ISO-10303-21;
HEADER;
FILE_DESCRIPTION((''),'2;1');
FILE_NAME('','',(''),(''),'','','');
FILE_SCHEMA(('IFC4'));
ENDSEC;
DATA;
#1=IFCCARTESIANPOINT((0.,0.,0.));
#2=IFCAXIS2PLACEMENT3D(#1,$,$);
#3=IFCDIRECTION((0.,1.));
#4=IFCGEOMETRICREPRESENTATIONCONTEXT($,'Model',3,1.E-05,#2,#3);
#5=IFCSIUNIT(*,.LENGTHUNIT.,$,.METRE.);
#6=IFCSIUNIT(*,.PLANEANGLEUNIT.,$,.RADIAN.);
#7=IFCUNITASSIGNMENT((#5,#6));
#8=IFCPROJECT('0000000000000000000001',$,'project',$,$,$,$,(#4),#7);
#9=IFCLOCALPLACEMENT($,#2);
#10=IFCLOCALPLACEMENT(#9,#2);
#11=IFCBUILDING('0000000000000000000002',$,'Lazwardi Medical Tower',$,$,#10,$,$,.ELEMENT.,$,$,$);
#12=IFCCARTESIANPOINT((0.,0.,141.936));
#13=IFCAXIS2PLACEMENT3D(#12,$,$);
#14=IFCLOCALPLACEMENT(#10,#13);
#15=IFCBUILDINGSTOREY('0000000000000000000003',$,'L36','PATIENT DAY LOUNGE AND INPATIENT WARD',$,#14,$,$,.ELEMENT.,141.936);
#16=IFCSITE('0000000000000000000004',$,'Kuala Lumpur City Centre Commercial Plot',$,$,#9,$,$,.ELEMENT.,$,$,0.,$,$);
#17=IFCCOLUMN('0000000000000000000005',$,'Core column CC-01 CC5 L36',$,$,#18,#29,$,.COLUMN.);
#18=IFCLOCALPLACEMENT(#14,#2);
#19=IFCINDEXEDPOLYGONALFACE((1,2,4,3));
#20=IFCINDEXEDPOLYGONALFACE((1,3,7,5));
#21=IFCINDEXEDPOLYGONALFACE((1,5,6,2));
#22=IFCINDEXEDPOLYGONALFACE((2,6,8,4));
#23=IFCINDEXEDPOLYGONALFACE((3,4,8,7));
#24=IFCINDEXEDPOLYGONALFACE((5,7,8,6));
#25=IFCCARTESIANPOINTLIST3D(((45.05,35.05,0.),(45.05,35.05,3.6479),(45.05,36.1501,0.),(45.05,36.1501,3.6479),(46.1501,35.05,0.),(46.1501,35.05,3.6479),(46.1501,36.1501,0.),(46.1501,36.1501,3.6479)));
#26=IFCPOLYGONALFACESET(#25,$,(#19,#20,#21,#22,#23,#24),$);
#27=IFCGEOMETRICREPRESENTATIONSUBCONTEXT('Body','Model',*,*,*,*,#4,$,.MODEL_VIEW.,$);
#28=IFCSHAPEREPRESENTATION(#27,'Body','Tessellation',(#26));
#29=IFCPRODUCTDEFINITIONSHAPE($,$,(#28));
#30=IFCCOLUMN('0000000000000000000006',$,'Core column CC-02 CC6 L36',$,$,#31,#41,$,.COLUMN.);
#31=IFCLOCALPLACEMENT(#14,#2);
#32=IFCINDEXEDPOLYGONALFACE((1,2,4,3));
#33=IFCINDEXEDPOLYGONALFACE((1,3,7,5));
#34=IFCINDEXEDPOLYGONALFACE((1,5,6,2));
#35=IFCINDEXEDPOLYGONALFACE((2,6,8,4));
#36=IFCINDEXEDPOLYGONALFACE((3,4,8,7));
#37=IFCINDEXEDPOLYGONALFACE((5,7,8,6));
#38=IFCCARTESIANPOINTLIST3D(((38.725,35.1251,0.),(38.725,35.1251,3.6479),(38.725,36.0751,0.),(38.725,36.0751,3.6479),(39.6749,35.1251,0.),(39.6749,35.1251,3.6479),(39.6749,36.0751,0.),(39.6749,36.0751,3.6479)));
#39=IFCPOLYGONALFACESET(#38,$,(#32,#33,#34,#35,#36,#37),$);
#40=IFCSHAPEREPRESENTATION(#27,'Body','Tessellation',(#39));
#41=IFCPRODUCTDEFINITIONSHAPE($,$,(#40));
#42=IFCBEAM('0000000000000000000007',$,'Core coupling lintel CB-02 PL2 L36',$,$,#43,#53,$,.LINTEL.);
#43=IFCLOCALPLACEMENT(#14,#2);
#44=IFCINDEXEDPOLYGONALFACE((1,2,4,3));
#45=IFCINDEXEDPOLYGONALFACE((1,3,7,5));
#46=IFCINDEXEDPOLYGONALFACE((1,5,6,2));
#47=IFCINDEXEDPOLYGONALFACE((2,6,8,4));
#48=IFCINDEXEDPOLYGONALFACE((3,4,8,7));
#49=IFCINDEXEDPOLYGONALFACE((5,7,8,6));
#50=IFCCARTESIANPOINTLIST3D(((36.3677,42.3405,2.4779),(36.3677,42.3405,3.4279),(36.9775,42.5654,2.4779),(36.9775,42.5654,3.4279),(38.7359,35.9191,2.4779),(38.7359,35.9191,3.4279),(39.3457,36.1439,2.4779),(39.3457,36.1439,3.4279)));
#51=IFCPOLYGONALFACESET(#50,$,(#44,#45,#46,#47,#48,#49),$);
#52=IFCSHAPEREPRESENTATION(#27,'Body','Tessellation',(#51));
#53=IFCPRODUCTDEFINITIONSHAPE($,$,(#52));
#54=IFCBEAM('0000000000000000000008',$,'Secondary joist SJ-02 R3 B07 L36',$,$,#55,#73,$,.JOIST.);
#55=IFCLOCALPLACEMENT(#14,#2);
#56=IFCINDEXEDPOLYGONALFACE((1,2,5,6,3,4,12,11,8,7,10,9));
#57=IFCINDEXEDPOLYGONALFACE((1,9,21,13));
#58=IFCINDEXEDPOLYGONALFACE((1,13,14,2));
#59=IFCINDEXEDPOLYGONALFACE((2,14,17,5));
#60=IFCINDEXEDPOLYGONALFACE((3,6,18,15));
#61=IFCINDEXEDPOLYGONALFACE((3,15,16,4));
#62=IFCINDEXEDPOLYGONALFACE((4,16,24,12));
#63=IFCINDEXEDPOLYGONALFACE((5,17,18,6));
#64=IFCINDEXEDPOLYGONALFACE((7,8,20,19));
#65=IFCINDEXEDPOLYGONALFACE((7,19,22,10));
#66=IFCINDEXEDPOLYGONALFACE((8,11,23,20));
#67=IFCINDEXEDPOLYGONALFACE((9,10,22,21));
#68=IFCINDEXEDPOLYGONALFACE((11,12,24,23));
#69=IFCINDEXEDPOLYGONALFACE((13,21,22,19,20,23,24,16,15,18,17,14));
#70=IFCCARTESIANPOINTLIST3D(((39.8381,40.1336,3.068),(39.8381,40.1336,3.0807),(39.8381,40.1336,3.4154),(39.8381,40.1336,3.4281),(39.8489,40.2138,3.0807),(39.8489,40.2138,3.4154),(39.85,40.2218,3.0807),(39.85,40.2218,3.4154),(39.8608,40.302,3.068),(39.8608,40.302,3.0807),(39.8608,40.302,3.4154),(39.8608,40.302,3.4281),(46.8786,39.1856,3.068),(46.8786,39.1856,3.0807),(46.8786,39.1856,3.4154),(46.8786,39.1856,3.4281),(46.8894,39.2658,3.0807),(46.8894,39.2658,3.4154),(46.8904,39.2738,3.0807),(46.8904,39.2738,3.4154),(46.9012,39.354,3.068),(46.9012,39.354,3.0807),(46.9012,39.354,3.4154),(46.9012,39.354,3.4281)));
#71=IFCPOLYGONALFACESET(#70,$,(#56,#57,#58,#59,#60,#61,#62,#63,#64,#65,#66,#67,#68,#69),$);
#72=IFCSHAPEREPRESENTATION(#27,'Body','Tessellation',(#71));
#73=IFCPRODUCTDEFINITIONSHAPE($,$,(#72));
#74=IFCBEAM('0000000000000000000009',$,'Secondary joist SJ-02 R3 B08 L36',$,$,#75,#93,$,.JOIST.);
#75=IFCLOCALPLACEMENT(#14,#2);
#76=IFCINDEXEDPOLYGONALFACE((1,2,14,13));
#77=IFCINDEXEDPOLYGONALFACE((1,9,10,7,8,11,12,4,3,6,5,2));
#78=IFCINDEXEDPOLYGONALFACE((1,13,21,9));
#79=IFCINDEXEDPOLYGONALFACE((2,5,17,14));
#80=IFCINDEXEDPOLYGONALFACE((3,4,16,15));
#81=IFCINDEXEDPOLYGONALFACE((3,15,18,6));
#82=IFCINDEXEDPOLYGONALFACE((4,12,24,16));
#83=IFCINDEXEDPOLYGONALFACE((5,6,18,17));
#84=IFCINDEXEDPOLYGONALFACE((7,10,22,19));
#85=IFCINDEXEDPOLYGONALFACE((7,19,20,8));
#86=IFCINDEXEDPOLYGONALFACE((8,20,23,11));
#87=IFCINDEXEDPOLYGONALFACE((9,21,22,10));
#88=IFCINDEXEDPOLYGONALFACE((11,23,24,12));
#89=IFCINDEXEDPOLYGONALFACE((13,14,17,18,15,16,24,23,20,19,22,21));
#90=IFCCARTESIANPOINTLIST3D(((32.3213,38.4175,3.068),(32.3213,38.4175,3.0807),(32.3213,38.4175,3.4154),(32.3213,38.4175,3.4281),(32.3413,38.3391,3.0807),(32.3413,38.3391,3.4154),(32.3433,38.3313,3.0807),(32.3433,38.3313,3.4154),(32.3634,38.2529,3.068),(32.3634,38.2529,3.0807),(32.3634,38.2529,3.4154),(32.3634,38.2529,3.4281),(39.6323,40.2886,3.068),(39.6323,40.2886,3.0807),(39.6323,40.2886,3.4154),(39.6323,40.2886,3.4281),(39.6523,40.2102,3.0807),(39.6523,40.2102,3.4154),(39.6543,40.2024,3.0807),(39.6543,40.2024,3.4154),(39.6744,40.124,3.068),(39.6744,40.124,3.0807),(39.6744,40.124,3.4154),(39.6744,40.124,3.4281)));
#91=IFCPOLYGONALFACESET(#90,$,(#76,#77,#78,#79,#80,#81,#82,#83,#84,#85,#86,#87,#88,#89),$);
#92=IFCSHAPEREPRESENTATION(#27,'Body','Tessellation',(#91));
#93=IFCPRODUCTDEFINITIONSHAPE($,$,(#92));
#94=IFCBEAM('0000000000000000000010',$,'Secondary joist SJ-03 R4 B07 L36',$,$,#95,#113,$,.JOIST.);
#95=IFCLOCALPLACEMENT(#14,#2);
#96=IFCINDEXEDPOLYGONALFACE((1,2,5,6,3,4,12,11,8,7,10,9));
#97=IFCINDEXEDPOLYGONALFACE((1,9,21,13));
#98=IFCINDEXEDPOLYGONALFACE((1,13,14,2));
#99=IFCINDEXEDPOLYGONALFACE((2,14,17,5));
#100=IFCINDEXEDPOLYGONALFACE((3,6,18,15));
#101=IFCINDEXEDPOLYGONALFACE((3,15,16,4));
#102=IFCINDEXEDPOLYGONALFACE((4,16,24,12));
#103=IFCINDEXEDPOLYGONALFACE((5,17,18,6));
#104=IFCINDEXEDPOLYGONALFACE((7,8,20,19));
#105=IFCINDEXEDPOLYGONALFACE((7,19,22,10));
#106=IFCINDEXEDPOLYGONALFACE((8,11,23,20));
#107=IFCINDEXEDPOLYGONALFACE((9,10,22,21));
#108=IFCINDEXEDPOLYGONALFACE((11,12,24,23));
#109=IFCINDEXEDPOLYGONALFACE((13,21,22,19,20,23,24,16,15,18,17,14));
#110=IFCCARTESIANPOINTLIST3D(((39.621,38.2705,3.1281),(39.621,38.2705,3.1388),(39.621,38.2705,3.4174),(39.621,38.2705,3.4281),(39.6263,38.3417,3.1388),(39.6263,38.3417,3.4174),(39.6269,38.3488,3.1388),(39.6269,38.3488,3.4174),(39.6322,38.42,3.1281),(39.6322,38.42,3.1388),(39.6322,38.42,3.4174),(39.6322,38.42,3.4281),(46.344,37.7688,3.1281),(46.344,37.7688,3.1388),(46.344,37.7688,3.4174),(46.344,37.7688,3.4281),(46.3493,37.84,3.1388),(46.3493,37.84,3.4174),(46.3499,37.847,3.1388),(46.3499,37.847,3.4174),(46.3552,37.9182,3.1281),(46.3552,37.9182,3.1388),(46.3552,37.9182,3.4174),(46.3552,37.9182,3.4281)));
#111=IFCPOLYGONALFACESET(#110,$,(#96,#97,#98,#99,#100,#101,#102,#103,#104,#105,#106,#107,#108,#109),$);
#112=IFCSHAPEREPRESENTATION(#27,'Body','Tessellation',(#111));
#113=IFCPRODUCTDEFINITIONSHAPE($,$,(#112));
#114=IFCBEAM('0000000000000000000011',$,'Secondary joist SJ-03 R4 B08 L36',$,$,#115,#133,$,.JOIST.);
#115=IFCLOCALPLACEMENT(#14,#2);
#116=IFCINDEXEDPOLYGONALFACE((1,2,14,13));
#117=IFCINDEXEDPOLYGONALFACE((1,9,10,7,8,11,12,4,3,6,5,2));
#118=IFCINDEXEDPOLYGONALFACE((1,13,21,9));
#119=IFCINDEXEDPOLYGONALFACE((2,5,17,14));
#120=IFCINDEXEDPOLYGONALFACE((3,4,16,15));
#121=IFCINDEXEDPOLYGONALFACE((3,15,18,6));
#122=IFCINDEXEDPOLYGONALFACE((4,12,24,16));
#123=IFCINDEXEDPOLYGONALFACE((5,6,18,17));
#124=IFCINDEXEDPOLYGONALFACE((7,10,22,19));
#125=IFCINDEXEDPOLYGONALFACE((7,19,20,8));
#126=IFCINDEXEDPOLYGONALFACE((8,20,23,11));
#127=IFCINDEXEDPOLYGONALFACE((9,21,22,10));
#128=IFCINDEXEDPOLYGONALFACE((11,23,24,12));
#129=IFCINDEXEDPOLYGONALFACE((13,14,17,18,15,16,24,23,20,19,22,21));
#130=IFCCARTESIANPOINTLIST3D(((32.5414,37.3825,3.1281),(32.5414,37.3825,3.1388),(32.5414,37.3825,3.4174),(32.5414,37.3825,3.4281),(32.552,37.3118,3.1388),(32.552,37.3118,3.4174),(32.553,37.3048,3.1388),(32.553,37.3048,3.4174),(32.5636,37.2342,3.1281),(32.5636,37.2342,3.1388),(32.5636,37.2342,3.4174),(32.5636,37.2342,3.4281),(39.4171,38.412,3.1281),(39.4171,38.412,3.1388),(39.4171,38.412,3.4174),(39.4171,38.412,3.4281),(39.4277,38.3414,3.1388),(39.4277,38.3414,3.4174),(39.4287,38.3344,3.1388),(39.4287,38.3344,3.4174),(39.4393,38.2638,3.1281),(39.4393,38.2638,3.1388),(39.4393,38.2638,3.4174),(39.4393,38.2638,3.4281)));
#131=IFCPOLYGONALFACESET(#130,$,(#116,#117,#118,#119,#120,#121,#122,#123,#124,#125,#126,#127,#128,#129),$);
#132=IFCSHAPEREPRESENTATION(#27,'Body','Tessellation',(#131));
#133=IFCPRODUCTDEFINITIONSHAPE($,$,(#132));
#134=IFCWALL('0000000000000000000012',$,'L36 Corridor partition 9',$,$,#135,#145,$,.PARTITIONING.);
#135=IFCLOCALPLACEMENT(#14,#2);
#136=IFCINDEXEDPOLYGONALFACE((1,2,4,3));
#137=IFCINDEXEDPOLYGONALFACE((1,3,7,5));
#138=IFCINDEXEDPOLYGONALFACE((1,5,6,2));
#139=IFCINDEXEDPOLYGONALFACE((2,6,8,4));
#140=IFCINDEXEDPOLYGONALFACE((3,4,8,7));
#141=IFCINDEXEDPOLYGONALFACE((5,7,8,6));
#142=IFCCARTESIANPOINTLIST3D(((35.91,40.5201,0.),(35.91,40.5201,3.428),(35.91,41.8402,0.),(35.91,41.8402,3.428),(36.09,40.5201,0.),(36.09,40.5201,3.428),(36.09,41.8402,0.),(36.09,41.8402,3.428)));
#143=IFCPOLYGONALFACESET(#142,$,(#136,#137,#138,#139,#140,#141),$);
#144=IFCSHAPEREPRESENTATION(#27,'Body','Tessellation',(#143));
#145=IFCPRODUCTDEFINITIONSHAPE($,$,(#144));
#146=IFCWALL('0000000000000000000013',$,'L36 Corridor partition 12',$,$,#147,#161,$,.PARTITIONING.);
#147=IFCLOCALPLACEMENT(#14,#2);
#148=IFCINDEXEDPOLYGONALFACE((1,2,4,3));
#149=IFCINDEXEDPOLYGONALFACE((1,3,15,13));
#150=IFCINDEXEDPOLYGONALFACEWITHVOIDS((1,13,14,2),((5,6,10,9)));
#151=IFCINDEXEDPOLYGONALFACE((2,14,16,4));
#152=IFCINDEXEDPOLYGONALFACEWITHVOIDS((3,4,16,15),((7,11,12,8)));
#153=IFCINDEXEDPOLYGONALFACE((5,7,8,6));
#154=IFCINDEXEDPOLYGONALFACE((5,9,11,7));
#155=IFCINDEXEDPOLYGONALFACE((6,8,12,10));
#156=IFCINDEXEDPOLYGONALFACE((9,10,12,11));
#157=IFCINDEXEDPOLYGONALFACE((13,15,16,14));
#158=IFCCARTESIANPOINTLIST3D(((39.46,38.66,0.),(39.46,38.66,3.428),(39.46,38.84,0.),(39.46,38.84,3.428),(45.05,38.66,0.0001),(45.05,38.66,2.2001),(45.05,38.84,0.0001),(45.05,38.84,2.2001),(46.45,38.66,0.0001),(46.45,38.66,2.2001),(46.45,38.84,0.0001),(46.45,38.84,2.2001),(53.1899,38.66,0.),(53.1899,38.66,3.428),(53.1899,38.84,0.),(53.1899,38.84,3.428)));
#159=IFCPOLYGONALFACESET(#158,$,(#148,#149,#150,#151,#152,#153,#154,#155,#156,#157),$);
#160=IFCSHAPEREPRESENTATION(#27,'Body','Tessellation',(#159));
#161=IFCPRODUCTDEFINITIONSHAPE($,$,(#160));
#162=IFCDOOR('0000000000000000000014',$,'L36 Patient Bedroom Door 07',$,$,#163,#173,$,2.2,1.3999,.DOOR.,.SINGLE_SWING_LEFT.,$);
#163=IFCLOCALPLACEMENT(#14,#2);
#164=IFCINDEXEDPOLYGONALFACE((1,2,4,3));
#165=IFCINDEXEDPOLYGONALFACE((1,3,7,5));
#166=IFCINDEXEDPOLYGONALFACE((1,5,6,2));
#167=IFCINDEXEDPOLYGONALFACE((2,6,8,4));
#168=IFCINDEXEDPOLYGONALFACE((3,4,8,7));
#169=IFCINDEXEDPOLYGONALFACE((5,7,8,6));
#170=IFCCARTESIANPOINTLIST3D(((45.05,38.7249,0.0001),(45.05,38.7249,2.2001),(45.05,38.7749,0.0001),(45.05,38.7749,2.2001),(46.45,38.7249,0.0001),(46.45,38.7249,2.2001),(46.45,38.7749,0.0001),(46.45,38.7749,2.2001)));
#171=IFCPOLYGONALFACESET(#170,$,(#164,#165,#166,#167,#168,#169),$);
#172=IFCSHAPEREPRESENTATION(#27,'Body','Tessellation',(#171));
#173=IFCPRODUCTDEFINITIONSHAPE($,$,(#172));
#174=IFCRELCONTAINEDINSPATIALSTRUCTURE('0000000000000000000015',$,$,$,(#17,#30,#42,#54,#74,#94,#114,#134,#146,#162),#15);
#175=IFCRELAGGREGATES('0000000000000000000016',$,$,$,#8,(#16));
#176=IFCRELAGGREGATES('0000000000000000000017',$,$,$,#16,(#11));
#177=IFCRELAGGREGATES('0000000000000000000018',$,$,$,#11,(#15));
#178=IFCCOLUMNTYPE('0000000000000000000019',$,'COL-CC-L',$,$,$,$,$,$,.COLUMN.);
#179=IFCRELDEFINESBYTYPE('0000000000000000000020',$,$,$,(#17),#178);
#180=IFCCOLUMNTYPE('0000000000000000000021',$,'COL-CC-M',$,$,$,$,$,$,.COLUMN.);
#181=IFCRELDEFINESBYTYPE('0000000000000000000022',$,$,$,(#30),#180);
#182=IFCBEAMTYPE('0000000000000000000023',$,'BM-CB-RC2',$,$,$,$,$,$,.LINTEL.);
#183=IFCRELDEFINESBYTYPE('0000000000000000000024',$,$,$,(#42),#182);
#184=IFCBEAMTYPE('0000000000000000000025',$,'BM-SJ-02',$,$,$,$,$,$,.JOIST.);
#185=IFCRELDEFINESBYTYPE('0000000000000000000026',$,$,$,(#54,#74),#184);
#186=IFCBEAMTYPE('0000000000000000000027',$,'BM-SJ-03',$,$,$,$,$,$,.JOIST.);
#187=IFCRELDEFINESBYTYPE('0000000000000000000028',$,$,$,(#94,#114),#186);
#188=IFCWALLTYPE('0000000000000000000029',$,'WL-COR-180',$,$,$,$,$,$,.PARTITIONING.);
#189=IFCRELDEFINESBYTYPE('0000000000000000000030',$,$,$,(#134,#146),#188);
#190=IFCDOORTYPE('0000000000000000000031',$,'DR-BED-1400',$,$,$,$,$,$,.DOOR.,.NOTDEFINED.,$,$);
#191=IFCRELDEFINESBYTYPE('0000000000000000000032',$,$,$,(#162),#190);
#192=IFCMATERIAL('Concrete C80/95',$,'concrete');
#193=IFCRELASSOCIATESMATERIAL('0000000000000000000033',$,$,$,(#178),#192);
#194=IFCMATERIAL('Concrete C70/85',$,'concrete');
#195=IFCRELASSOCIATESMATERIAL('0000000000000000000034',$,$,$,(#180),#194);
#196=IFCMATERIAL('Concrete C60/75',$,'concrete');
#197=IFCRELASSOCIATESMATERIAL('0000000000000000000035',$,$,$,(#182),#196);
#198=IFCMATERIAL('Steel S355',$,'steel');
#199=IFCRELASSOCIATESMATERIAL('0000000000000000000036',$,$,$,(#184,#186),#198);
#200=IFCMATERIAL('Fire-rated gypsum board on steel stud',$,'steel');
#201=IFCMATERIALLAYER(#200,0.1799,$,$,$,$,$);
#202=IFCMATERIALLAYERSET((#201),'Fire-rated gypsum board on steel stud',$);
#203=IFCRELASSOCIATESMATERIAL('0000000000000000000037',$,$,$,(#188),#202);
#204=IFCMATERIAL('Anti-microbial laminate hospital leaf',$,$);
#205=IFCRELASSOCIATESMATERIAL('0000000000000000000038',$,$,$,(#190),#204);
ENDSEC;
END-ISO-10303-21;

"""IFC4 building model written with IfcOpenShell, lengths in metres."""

from ifc_helpers import new_model, si_unit, direction, frame, frame_2d, origin, origin_2d, place, context, subcontext, project, spatial, rectangle, i_section, extrude, material, layer, layer_set, material_profile, profile_set, type_object, element, fill, save


model = new_model("IFC4")

# Units and contexts
model_context = context("Model", 3, precision=1e-05, world=origin(), true_north=direction((0.0, 1.0)))
body_context = subcontext(model_context, "Body", "Model", "MODEL_VIEW")
ifc_project = project(units=[si_unit("LENGTHUNIT", "METRE"), si_unit("PLANEANGLEUNIT", "RADIAN")], contexts=[model_context])

# Site, building, storey
site_placement = place(None, origin())
site = spatial("IfcSite", under=ifc_project, at=site_placement, Name="Kuala Lumpur City Centre Commercial Plot", CompositionType="ELEMENT", RefElevation=0.0)
building_placement = place(site_placement, origin())
building = spatial("IfcBuilding", under=site, at=building_placement, Name="Lazwardi Medical Tower", CompositionType="ELEMENT")
storey_placement = place(building_placement, frame((0.0, 0.0, 141.936)))
storey = spatial("IfcBuildingStorey", under=building, at=storey_placement, Name="L36", Description="PATIENT DAY LOUNGE AND INPATIENT WARD", CompositionType="ELEMENT", Elevation=141.936)

# Columns
ifc_material_1 = material(Name="Concrete C80/95", Category="concrete")
ifc_material_profile_1 = material_profile(ifc_material_1, rectangle(XDim=1.1001, YDim=1.1001, at=origin_2d()), Name="RC 1100x1100")
ifc_profile_set_1 = profile_set([ifc_material_profile_1], Name="Concrete C80/95")
column_type_1 = type_object("IfcColumnType", Name="COL-CC-L", PredefinedType="COLUMN", material=ifc_profile_set_1)
column_1_placement = place(storey_placement, frame((45.6001, 35.6001, 0.0), z_axis=(0.0, 0.0, 1.0), x_axis=(1.0, 0.0, 0.0)))
element("IfcColumn", 1, at=column_1_placement, inside=storey, type_object=column_type_1, Name="Core column CC-01 CC5 L36", PredefinedType="COLUMN", context=body_context, shape_type="SweptSolid", body=[
    extrude(rectangle(XDim=1.1001, YDim=1.1001, at=origin_2d()), origin(), (0.0, 0.0, 1.0), 3.6479),
])
ifc_material_2 = material(Name="Concrete C70/85", Category="concrete")
ifc_material_profile_2 = material_profile(ifc_material_2, rectangle(XDim=0.95, YDim=0.95, at=origin_2d()), Name="RC 950x950")
ifc_profile_set_2 = profile_set([ifc_material_profile_2], Name="Concrete C70/85")
column_type_2 = type_object("IfcColumnType", Name="COL-CC-M", PredefinedType="COLUMN", material=ifc_profile_set_2)
column_2_placement = place(storey_placement, frame((39.2, 35.6001, 0.0), z_axis=(0.0, 0.0, 1.0), x_axis=(1.0, 0.0, 0.0)))
element("IfcColumn", 2, at=column_2_placement, inside=storey, type_object=column_type_2, Name="Core column CC-02 CC6 L36", PredefinedType="COLUMN", context=body_context, shape_type="SweptSolid", body=[
    extrude(rectangle(XDim=0.95, YDim=0.95, at=origin_2d()), origin(), (0.0, 0.0, 1.0), 3.6479),
])

# Beams
ifc_material_3 = material(Name="Concrete C60/75", Category="concrete")
ifc_material_profile_3 = material_profile(ifc_material_3, rectangle(XDim=0.6499, YDim=0.95, at=origin_2d()), Name="RC 650x950")
ifc_profile_set_3 = profile_set([ifc_material_profile_3], Name="Concrete C60/75")
beam_type_1 = type_object("IfcBeamType", Name="BM-CB-RC2", PredefinedType="LINTEL", material=ifc_profile_set_3)
beam_1_placement = place(storey_placement, frame((39.0408, 36.0315, 2.9529), z_axis=(-0.346013, 0.93823, 0.0), x_axis=(-0.93823, -0.346013, 0.0)))
element("IfcBeam", 3, at=beam_1_placement, inside=storey, type_object=beam_type_1, Name="Core coupling lintel CB-02 PL2 L36", PredefinedType="LINTEL", context=body_context, shape_type="SweptSolid", body=[
    extrude(rectangle(XDim=0.6499, YDim=0.95, at=origin_2d()), origin(), (0.0, 0.0, 1.0), 6.8442),
])
ifc_material_4 = material(Name="Steel S355", Category="steel")
ifc_material_profile_4 = material_profile(ifc_material_4, i_section(OverallWidth=0.1699, OverallDepth=0.3601, WebThickness=0.0081, FlangeThickness=0.0127, at=origin_2d()), Name="IPE 360")
ifc_profile_set_4 = profile_set([ifc_material_profile_4], Name="Steel S355")
beam_type_2 = type_object("IfcBeamType", Name="BM-SJ-02", PredefinedType="JOIST", material=ifc_profile_set_4)
beam_2_placement = place(storey_placement, frame((46.8899, 39.2698, 3.248), z_axis=(-0.991056, 0.133444, 0.0), x_axis=(-0.133444, -0.991056, 0.0)))
element("IfcBeam", 4, at=beam_2_placement, inside=storey, type_object=beam_type_2, Name="Secondary joist SJ-02 R3 B07 L36", PredefinedType="JOIST", context=body_context, shape_type="SweptSolid", body=[
    extrude(i_section(OverallWidth=0.1699, OverallDepth=0.3601, WebThickness=0.0081, FlangeThickness=0.0127, at=origin_2d()), origin(), (0.0, 0.0, 1.0), 7.104),
])
beam_3_placement = place(storey_placement, frame((39.6533, 40.2063, 3.248), z_axis=(-0.968776, -0.247936, 0.0), x_axis=(0.247936, -0.968776, 0.0)))
element("IfcBeam", 5, at=beam_3_placement, inside=storey, type_object=beam_type_2, Name="Secondary joist SJ-02 R3 B08 L36", PredefinedType="JOIST", context=body_context, shape_type="SweptSolid", body=[
    extrude(i_section(OverallWidth=0.1699, OverallDepth=0.3601, WebThickness=0.0081, FlangeThickness=0.0127, at=origin_2d()), origin(), (0.0, 0.0, 1.0), 7.5466),
])
ifc_material_profile_5 = material_profile(ifc_material_4, i_section(OverallWidth=0.1499, OverallDepth=0.3, WebThickness=0.0071, FlangeThickness=0.0107, at=origin_2d()), Name="IPE 300")
ifc_profile_set_5 = profile_set([ifc_material_profile_5], Name="Steel S355")
beam_type_3 = type_object("IfcBeamType", Name="BM-SJ-03", PredefinedType="JOIST", material=ifc_profile_set_5)
beam_4_placement = place(storey_placement, frame((46.3496, 37.8435, 3.2781), z_axis=(-0.997227, 0.07442, 0.0), x_axis=(-0.07442, -0.997227, 0.0)))
element("IfcBeam", 6, at=beam_4_placement, inside=storey, type_object=beam_type_3, Name="Secondary joist SJ-03 R4 B07 L36", PredefinedType="JOIST", context=body_context, shape_type="SweptSolid", body=[
    extrude(i_section(OverallWidth=0.1499, OverallDepth=0.3, WebThickness=0.0071, FlangeThickness=0.0107, at=origin_2d()), origin(), (0.0, 0.0, 1.0), 6.7417),
])
beam_5_placement = place(storey_placement, frame((39.4282, 38.3379, 3.2781), z_axis=(-0.988975, -0.148085, 0.0), x_axis=(0.148085, -0.988975, 0.0)))
element("IfcBeam", 7, at=beam_5_placement, inside=storey, type_object=beam_type_3, Name="Secondary joist SJ-03 R4 B08 L36", PredefinedType="JOIST", context=body_context, shape_type="SweptSolid", body=[
    extrude(i_section(OverallWidth=0.1499, OverallDepth=0.3, WebThickness=0.0071, FlangeThickness=0.0107, at=origin_2d()), origin(), (0.0, 0.0, 1.0), 6.9524),
])

# Wall
ifc_material_5 = material(Name="Fire-rated gypsum board on steel stud", Category="steel")
ifc_layer_1 = layer(ifc_material_5, 0.1799)
ifc_layer_set_1 = layer_set([ifc_layer_1], Name="Fire-rated gypsum board on steel stud")
wall_type_1 = type_object("IfcWallType", Name="WL-COR-180", PredefinedType="PARTITIONING", material=ifc_layer_set_1)
wall_1_placement = place(storey_placement, frame((36.0, 40.52, 0.0), z_axis=(0.0, 0.0, 1.0), x_axis=(0.0, 1.0, 0.0)))
element("IfcWall", 8, at=wall_1_placement, inside=storey, type_object=wall_type_1, Name="L36 Corridor partition 9", PredefinedType="PARTITIONING", context=body_context, shape_type="SweptSolid", body=[
    extrude(rectangle(XDim=1.3201, YDim=0.1799, at=frame_2d((0.6602, 0.0))), origin(), (0.0, 0.0, 1.0), 3.428),
])

# Wall, opening, door
wall_2_placement = place(storey_placement, frame((39.46, 38.75, 0.0), z_axis=(0.0, 0.0, 1.0), x_axis=(1.0, 0.0, 0.0)))
wall_2 = element("IfcWall", 9, at=wall_2_placement, inside=storey, type_object=wall_type_1, Name="L36 Corridor partition 12", PredefinedType="PARTITIONING", context=body_context, shape_type="SweptSolid", body=[
    extrude(rectangle(XDim=13.73, YDim=0.1799, at=frame_2d((6.865, 0.0))), origin(), (0.0, 0.0, 1.0), 3.428),
])
opening_1_placement = place(wall_2_placement, frame((5.5901, 0.0, 0.0)))
opening_1 = element("IfcOpeningElement", 10, at=opening_1_placement, cuts=wall_2, PredefinedType="OPENING", context=body_context, shape_type="SweptSolid", body=[
    extrude(rectangle(XDim=1.3999, YDim=2.2, at=frame_2d((0.7, 1.1001))), frame((0.0, 0.0999, 0.0), z_axis=(0.0, -1.0, 0.0), x_axis=(1.0, 0.0, 0.0)), (0.0, 0.0, 1.0), 0.2),
])
ifc_material_6 = material(Name="Anti-microbial laminate hospital leaf")
door_type_1 = type_object("IfcDoorType", Name="DR-BED-1400", OperationType="NOTDEFINED", PredefinedType="DOOR", material=ifc_material_6)
door_1_placement = place(opening_1_placement, origin())
door_1 = element("IfcDoor", 11, at=door_1_placement, inside=storey, type_object=door_type_1, Name="L36 Patient Bedroom Door 07", OperationType="SINGLE_SWING_LEFT", OverallHeight=2.2, OverallWidth=1.3999, PredefinedType="DOOR", context=body_context, shape_type="SweptSolid", body=[
    extrude(rectangle(XDim=1.3999, YDim=2.2, at=frame_2d((0.7, 1.1001))), frame((0.0, 0.0249, 0.0), z_axis=(0.0, -1.0, 0.0), x_axis=(1.0, 0.0, 0.0)), (0.0, 0.0, 1.0), 0.05),
])
fill(opening_1, door_1)

save(model, "model.ifc")
